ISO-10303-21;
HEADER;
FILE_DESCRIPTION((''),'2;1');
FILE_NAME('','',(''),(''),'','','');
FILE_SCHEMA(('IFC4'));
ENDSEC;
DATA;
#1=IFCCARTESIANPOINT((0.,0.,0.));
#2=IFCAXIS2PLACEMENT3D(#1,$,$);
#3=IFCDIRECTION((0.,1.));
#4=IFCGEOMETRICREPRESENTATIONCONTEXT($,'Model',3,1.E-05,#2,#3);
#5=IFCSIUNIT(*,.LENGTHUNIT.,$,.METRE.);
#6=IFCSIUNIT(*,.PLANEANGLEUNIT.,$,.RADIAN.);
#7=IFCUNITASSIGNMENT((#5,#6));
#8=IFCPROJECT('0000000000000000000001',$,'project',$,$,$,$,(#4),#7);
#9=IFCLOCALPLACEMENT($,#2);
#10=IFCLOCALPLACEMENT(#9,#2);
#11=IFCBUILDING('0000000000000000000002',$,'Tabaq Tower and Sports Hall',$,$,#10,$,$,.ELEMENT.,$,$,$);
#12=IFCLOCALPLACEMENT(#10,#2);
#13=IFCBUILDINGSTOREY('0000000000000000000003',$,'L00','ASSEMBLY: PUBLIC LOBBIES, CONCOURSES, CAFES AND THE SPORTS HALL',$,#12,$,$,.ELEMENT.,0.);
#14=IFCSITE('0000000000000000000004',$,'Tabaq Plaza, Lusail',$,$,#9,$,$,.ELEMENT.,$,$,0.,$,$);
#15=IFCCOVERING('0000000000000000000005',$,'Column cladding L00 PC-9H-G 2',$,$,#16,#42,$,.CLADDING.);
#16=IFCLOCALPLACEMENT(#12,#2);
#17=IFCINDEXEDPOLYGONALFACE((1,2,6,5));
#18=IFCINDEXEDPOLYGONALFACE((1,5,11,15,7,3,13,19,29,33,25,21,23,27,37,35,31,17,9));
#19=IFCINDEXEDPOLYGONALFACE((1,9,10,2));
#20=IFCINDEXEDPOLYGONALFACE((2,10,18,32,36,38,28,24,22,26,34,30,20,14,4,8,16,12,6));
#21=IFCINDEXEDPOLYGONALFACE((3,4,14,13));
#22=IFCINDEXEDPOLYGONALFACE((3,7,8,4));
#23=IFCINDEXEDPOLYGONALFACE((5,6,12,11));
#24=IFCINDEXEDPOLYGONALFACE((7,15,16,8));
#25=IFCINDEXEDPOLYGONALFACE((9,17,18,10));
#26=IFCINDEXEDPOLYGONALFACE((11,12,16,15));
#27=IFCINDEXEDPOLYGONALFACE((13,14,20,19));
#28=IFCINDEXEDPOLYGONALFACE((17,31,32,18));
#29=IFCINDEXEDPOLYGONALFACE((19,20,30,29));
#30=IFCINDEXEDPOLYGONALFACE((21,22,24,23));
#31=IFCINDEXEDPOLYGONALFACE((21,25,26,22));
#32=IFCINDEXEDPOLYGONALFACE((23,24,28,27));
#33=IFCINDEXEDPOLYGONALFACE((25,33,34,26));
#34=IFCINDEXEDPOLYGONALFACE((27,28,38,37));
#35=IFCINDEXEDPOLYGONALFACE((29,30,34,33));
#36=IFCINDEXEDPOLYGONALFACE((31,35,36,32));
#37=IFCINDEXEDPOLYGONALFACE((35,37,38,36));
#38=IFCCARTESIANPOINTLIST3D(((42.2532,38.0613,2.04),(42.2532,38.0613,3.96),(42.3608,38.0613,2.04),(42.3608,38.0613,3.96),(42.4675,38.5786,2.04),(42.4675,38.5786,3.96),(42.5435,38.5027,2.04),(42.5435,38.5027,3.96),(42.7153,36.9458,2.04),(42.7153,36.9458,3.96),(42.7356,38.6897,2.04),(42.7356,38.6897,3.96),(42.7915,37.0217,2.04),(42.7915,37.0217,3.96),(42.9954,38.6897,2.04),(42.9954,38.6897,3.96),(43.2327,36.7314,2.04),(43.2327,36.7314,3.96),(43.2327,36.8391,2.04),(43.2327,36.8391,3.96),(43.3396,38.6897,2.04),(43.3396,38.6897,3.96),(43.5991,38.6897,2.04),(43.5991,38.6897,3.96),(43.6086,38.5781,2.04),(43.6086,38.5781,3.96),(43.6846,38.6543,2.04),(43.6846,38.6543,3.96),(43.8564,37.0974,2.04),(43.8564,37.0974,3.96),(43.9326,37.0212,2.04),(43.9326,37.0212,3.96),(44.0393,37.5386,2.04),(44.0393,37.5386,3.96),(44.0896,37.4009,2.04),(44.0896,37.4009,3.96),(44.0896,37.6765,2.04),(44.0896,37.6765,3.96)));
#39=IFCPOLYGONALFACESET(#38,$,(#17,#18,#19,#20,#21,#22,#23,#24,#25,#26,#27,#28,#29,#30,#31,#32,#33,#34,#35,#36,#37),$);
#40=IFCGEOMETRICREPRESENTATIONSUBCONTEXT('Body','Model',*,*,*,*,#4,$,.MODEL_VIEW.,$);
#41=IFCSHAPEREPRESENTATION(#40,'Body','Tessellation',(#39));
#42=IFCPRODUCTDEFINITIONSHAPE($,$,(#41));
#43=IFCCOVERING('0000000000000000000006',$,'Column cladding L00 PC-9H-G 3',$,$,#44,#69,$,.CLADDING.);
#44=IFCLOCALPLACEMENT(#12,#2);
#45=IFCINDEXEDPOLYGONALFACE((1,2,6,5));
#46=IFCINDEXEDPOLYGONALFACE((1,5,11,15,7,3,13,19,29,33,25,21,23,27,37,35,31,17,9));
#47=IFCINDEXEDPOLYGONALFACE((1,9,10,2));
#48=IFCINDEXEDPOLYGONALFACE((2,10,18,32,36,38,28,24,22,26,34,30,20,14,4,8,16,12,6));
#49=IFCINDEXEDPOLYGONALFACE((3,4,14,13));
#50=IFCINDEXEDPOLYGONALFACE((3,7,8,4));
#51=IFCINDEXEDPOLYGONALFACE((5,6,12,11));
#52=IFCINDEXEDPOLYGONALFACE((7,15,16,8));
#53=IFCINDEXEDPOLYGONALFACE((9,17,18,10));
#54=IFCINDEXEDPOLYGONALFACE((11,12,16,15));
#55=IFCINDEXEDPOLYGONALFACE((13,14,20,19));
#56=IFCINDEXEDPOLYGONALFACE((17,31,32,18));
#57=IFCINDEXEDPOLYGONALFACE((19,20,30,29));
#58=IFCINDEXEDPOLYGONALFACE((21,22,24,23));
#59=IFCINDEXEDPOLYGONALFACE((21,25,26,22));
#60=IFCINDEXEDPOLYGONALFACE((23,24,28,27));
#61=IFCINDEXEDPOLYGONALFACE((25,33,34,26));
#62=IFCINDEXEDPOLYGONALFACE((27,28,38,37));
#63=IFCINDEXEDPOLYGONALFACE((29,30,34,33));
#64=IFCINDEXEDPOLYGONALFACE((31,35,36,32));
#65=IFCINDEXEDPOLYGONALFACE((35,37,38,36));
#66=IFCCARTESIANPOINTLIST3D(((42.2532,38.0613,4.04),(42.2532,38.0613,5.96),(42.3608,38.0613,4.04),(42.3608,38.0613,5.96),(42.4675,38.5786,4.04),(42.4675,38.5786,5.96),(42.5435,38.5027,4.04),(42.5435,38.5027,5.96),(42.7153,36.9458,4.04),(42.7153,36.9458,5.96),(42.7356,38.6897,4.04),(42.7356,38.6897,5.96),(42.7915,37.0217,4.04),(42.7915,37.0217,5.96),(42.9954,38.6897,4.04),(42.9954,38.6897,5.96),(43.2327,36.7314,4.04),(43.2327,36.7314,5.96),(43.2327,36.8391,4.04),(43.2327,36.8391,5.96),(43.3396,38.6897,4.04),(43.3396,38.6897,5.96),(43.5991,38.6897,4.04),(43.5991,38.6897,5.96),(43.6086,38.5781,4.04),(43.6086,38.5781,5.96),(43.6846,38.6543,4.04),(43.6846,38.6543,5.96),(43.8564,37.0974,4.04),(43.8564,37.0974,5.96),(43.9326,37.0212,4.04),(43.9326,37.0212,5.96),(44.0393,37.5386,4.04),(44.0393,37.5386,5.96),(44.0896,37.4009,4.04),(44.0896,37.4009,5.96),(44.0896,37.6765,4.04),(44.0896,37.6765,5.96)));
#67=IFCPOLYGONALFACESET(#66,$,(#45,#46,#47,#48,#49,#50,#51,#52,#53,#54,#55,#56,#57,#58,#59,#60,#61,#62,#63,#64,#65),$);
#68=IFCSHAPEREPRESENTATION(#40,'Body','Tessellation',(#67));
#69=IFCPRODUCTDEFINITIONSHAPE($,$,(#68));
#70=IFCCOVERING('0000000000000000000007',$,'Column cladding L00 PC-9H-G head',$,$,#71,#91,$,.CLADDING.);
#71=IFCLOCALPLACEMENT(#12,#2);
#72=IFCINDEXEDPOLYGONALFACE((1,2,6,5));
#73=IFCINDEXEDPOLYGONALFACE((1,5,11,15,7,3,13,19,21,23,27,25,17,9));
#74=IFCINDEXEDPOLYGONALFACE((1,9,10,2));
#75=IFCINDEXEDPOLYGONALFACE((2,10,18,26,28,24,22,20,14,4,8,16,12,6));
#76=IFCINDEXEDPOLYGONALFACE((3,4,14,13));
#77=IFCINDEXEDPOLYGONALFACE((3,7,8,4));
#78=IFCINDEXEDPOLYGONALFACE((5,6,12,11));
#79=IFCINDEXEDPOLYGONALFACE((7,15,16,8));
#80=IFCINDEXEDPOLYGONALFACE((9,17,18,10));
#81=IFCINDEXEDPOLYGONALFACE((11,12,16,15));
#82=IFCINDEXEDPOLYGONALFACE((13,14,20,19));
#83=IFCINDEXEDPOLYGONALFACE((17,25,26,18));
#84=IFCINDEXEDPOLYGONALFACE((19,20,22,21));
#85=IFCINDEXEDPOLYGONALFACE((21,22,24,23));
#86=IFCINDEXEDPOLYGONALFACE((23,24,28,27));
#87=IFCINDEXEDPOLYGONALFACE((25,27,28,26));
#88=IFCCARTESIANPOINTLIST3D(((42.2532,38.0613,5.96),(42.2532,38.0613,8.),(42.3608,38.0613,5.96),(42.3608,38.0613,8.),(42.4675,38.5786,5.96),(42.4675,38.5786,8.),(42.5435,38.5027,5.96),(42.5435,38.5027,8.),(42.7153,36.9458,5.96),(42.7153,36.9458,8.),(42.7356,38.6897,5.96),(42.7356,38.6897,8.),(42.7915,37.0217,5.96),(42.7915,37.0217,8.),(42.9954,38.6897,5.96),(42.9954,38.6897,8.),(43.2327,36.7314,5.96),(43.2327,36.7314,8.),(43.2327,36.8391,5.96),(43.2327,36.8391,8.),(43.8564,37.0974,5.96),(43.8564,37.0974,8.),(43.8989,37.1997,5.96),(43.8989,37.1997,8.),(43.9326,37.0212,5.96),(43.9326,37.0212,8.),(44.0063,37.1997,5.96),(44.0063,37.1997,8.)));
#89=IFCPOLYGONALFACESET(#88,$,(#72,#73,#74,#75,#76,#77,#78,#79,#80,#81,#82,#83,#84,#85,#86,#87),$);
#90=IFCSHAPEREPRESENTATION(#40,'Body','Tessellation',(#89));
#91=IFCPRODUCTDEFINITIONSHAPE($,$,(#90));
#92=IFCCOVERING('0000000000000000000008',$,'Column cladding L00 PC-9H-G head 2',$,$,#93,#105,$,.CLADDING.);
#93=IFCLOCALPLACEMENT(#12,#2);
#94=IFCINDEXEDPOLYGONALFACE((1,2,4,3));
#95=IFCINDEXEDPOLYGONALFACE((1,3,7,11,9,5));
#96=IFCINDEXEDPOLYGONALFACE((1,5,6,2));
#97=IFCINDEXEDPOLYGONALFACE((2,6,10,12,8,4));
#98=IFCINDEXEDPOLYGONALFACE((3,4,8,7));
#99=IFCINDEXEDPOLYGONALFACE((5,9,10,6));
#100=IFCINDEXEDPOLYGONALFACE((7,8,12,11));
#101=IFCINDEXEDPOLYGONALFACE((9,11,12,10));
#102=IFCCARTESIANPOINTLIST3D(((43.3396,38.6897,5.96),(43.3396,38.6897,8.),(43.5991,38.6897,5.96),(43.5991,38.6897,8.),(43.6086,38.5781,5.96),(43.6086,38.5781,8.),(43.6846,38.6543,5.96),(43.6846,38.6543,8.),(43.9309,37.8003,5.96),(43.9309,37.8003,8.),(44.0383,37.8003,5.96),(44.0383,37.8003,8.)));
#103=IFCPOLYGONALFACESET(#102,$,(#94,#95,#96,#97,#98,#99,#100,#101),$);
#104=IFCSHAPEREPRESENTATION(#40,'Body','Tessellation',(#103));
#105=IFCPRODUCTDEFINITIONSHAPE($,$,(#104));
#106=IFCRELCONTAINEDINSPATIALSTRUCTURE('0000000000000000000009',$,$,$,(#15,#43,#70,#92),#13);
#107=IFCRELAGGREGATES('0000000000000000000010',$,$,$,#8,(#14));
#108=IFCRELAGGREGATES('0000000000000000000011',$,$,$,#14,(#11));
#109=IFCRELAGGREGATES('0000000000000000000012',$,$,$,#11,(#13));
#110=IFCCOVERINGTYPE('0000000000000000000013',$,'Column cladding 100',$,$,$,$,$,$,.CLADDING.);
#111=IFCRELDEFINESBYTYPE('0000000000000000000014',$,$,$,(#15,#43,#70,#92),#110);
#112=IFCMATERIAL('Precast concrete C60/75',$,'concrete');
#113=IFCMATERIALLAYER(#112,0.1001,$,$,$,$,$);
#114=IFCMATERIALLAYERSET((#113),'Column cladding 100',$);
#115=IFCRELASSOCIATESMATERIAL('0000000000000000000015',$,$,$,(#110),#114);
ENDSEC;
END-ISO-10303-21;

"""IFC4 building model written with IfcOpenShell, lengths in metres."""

from ifc_helpers import new_model, si_unit, direction, frame, origin, place, context, subcontext, project, spatial, polyline, outline, extrude, material, layer, layer_set, type_object, element, save


model = new_model("IFC4")

# Units and contexts
model_context = context("Model", 3, precision=1e-05, world=origin(), true_north=direction((0.0, 1.0)))
body_context = subcontext(model_context, "Body", "Model", "MODEL_VIEW")
ifc_project = project(units=[si_unit("LENGTHUNIT", "METRE"), si_unit("PLANEANGLEUNIT", "RADIAN")], contexts=[model_context])

# Site, building, storey
site_placement = place(None, origin())
site = spatial("IfcSite", under=ifc_project, at=site_placement, Name="Tabaq Plaza, Lusail", CompositionType="ELEMENT", RefElevation=0.0)
building_placement = place(site_placement, origin())
building = spatial("IfcBuilding", under=site, at=building_placement, Name="Tabaq Tower and Sports Hall", CompositionType="ELEMENT")
storey_placement = place(building_placement, origin())
storey = spatial("IfcBuildingStorey", under=building, at=storey_placement, Name="L00", Description="ASSEMBLY: PUBLIC LOBBIES, CONCOURSES, CAFES AND THE SPORTS HALL", CompositionType="ELEMENT", Elevation=0.0)

# Coverings
ifc_material_1 = material(Name="Precast concrete C60/75", Category="concrete")
ifc_layer_1 = layer(ifc_material_1, 0.1001)
ifc_layer_set_1 = layer_set([ifc_layer_1], Name="Column cladding 100")
covering_type = type_object("IfcCoveringType", Name="Column cladding 100", PredefinedType="CLADDING", material=ifc_layer_set_1)
for number, where, name in (
    (1, (0.0, 0.0, 2.04), "Column cladding L00 PC-9H-G 2"),
    (2, (0.0, 0.0, 4.04), "Column cladding L00 PC-9H-G 3"),
):
    element("IfcCovering", number, at=place(storey_placement, frame(where)), inside=storey, type_object=covering_type, Name=name, PredefinedType="CLADDING", context=body_context, shape_type="SweptSolid", body=[
        extrude(outline(polyline([(43.2327, 36.7314), (42.7153, 36.9458), (42.2532, 38.0613), (42.4675, 38.5786), (42.7356, 38.6897), (42.9954, 38.6897), (42.5435, 38.5027), (42.3608, 38.0613), (42.7915, 37.0217), (43.2327, 36.8391), (43.8564, 37.0974), (44.0393, 37.5386), (43.6086, 38.5781), (43.3396, 38.6897), (43.5991, 38.6897), (43.6846, 38.6543), (44.0896, 37.6765), (44.0896, 37.4009), (43.9326, 37.0212), (43.2327, 36.7314)])), origin(), (0.0, 0.0, 1.0), 1.9199),
    ])
covering_1_placement = place(storey_placement, frame((0.0, 0.0, 5.96)))
element("IfcCovering", 3, at=covering_1_placement, inside=storey, type_object=covering_type, Name="Column cladding L00 PC-9H-G head", PredefinedType="CLADDING", context=body_context, shape_type="SweptSolid", body=[
    extrude(outline(polyline([(42.7153, 36.9458), (42.2532, 38.0613), (42.4675, 38.5786), (42.7356, 38.6897), (42.9954, 38.6897), (42.5435, 38.5027), (42.3608, 38.0613), (42.7915, 37.0217), (43.2327, 36.8391), (43.8564, 37.0974), (43.8989, 37.1997), (44.0063, 37.1997), (43.9326, 37.0212), (43.2327, 36.7314), (42.7153, 36.9458)])), origin(), (0.0, 0.0, 1.0), 2.04),
])
covering_2_placement = place(storey_placement, frame((0.0, 0.0, 5.96)))
element("IfcCovering", 4, at=covering_2_placement, inside=storey, type_object=covering_type, Name="Column cladding L00 PC-9H-G head 2", PredefinedType="CLADDING", context=body_context, shape_type="SweptSolid", body=[
    extrude(outline(polyline([(43.6086, 38.5781), (43.3396, 38.6897), (43.5991, 38.6897), (43.6846, 38.6543), (44.0383, 37.8003), (43.9309, 37.8003), (43.6086, 38.5781)])), origin(), (0.0, 0.0, 1.0), 2.04),
])

save(model, "model.ifc")
